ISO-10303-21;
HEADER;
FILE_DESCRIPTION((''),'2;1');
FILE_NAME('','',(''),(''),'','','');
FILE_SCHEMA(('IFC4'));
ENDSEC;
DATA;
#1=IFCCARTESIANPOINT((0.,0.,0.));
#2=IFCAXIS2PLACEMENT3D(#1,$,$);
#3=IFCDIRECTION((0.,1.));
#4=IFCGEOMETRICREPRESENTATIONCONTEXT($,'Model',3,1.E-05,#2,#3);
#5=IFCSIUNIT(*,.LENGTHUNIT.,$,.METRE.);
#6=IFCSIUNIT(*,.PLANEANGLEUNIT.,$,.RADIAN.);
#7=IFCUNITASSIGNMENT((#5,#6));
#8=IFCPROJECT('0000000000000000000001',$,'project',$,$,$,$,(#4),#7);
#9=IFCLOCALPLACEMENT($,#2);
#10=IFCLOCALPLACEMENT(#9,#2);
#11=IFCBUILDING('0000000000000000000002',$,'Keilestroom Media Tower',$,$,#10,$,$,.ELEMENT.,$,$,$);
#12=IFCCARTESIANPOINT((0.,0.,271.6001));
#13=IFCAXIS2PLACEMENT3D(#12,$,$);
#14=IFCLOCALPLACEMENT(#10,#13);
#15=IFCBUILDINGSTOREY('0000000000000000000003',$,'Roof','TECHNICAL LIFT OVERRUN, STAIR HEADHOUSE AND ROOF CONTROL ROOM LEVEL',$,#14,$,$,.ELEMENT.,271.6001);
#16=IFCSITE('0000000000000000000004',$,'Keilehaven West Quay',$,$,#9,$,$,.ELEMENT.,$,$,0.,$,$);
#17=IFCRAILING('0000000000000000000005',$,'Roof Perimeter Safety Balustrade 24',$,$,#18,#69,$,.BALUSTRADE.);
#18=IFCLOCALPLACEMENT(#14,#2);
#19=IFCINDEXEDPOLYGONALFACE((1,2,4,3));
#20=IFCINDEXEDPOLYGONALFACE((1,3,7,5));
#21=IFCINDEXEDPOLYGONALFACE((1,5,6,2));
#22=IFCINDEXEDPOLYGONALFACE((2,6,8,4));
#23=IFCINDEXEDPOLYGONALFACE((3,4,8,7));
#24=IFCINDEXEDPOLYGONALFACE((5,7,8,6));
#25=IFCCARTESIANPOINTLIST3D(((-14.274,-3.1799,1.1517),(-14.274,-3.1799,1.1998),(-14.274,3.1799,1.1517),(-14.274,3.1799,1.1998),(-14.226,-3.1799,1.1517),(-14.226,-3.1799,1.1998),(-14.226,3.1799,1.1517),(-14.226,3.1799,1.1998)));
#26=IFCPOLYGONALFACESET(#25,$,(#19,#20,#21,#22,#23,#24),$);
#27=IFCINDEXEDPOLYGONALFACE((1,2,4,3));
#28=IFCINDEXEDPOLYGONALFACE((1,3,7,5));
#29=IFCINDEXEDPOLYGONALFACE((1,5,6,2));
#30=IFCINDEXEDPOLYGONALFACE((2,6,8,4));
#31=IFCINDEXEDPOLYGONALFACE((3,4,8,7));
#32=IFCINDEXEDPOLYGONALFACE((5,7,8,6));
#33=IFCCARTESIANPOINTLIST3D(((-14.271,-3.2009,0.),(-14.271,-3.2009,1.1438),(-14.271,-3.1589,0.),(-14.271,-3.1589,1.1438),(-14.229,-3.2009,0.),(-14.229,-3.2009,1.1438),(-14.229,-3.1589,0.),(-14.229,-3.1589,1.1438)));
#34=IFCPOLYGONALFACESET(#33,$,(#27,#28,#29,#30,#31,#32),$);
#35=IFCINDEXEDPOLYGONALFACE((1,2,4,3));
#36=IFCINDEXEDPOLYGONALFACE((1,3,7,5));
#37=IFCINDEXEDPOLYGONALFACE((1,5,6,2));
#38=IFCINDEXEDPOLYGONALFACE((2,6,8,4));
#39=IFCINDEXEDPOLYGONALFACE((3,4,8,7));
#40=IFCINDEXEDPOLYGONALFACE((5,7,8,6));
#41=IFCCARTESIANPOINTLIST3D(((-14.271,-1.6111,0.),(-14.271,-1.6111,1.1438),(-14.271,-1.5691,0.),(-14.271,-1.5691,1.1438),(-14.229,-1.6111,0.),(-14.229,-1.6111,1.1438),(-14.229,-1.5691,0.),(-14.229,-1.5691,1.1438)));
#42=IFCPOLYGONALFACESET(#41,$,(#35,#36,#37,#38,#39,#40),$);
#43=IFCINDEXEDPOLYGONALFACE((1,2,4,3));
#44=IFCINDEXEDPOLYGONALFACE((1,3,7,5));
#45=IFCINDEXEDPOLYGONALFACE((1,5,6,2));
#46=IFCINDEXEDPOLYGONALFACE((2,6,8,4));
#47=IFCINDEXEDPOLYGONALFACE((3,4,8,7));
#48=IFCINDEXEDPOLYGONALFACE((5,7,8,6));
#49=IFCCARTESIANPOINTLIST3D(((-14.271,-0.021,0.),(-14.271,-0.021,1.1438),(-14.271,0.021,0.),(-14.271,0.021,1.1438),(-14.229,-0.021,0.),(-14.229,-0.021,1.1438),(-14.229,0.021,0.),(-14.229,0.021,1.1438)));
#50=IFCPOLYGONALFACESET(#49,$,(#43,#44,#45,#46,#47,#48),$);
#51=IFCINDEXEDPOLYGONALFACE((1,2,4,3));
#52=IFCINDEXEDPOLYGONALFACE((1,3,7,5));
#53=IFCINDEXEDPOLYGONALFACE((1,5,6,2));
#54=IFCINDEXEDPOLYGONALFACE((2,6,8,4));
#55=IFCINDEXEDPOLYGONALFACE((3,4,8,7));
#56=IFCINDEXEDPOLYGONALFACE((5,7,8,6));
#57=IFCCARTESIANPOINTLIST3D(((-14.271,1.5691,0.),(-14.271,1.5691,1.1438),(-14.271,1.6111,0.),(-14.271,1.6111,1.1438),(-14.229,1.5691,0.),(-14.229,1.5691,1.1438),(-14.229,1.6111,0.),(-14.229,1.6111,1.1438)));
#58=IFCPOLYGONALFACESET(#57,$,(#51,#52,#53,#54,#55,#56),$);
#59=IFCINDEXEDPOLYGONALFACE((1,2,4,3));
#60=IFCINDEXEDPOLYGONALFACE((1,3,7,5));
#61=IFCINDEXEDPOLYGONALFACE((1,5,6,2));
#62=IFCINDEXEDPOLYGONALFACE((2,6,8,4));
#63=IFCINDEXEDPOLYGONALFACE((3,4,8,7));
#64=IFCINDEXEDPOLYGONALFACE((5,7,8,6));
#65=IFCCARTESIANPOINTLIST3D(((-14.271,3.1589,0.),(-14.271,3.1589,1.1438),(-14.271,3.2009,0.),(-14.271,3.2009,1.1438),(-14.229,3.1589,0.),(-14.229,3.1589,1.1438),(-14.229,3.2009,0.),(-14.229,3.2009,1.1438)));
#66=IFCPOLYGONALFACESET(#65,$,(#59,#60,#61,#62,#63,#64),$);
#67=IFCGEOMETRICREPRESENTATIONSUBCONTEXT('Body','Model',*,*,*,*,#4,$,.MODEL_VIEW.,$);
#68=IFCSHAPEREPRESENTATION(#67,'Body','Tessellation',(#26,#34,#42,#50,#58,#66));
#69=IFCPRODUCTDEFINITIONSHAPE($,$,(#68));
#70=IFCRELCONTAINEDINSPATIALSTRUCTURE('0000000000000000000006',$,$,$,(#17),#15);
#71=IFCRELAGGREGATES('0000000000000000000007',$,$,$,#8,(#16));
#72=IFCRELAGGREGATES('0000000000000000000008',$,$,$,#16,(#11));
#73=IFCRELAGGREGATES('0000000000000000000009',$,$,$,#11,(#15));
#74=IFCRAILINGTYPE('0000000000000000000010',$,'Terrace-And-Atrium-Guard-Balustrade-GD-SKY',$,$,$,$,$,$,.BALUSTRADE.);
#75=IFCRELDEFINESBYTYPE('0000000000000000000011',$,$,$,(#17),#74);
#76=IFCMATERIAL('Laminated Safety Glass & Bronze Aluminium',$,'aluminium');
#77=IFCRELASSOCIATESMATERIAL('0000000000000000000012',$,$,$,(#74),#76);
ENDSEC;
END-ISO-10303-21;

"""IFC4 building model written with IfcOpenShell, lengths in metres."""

from ifc_helpers import new_model, si_unit, direction, frame, origin, origin_2d, place, context, subcontext, project, spatial, rectangle, extrude, material, type_object, element, save


model = new_model("IFC4")

# Units and contexts
model_context = context("Model", 3, precision=1e-05, world=origin(), true_north=direction((0.0, 1.0)))
body_context = subcontext(model_context, "Body", "Model", "MODEL_VIEW")
ifc_project = project(units=[si_unit("LENGTHUNIT", "METRE"), si_unit("PLANEANGLEUNIT", "RADIAN")], contexts=[model_context])

# Site, building, storey
site_placement = place(None, origin())
site = spatial("IfcSite", under=ifc_project, at=site_placement, Name="Keilehaven West Quay", CompositionType="ELEMENT", RefElevation=0.0)
building_placement = place(site_placement, origin())
building = spatial("IfcBuilding", under=site, at=building_placement, Name="Keilestroom Media Tower", CompositionType="ELEMENT")
storey_placement = place(building_placement, frame((0.0, 0.0, 271.6001)))
storey = spatial("IfcBuildingStorey", under=building, at=storey_placement, Name="Roof", Description="TECHNICAL LIFT OVERRUN, STAIR HEADHOUSE AND ROOF CONTROL ROOM LEVEL", CompositionType="ELEMENT", Elevation=271.6001)

# Railing
ifc_material_1 = material(Name="Laminated Safety Glass & Bronze Aluminium", Category="aluminium")
railing_type_1 = type_object("IfcRailingType", Name="Terrace-And-Atrium-Guard-Balustrade-GD-SKY", PredefinedType="BALUSTRADE", material=ifc_material_1)
railing_1_placement = place(storey_placement, frame((-14.25, -3.1799, 0.0)))
element("IfcRailing", 1, at=railing_1_placement, inside=storey, type_object=railing_type_1, Name="Roof Perimeter Safety Balustrade 24", PredefinedType="BALUSTRADE", context=body_context, shape_type="SweptSolid", body=[
    extrude(rectangle(XDim=0.0481, YDim=0.0481, at=origin_2d()), frame((0.0, 0.0, 1.1758), z_axis=(0.0, 1.0, 0.0), x_axis=(-1.0, 0.0, 0.0)), (0.0, 0.0, 1.0), 6.3599),
    extrude(rectangle(XDim=0.042, YDim=0.042, at=origin_2d()), origin(), (0.0, 0.0, 1.0), 1.1438),
    extrude(rectangle(XDim=0.042, YDim=0.042, at=origin_2d()), frame((0.0, 1.5898, 0.0)), (0.0, 0.0, 1.0), 1.1438),
    extrude(rectangle(XDim=0.042, YDim=0.042, at=origin_2d()), frame((0.0, 3.1799, 0.0)), (0.0, 0.0, 1.0), 1.1438),
    extrude(rectangle(XDim=0.042, YDim=0.042, at=origin_2d()), frame((0.0, 4.77, 0.0)), (0.0, 0.0, 1.0), 1.1438),
    extrude(rectangle(XDim=0.042, YDim=0.042, at=origin_2d()), frame((0.0, 6.3599, 0.0)), (0.0, 0.0, 1.0), 1.1438),
])

save(model, "model.ifc")
